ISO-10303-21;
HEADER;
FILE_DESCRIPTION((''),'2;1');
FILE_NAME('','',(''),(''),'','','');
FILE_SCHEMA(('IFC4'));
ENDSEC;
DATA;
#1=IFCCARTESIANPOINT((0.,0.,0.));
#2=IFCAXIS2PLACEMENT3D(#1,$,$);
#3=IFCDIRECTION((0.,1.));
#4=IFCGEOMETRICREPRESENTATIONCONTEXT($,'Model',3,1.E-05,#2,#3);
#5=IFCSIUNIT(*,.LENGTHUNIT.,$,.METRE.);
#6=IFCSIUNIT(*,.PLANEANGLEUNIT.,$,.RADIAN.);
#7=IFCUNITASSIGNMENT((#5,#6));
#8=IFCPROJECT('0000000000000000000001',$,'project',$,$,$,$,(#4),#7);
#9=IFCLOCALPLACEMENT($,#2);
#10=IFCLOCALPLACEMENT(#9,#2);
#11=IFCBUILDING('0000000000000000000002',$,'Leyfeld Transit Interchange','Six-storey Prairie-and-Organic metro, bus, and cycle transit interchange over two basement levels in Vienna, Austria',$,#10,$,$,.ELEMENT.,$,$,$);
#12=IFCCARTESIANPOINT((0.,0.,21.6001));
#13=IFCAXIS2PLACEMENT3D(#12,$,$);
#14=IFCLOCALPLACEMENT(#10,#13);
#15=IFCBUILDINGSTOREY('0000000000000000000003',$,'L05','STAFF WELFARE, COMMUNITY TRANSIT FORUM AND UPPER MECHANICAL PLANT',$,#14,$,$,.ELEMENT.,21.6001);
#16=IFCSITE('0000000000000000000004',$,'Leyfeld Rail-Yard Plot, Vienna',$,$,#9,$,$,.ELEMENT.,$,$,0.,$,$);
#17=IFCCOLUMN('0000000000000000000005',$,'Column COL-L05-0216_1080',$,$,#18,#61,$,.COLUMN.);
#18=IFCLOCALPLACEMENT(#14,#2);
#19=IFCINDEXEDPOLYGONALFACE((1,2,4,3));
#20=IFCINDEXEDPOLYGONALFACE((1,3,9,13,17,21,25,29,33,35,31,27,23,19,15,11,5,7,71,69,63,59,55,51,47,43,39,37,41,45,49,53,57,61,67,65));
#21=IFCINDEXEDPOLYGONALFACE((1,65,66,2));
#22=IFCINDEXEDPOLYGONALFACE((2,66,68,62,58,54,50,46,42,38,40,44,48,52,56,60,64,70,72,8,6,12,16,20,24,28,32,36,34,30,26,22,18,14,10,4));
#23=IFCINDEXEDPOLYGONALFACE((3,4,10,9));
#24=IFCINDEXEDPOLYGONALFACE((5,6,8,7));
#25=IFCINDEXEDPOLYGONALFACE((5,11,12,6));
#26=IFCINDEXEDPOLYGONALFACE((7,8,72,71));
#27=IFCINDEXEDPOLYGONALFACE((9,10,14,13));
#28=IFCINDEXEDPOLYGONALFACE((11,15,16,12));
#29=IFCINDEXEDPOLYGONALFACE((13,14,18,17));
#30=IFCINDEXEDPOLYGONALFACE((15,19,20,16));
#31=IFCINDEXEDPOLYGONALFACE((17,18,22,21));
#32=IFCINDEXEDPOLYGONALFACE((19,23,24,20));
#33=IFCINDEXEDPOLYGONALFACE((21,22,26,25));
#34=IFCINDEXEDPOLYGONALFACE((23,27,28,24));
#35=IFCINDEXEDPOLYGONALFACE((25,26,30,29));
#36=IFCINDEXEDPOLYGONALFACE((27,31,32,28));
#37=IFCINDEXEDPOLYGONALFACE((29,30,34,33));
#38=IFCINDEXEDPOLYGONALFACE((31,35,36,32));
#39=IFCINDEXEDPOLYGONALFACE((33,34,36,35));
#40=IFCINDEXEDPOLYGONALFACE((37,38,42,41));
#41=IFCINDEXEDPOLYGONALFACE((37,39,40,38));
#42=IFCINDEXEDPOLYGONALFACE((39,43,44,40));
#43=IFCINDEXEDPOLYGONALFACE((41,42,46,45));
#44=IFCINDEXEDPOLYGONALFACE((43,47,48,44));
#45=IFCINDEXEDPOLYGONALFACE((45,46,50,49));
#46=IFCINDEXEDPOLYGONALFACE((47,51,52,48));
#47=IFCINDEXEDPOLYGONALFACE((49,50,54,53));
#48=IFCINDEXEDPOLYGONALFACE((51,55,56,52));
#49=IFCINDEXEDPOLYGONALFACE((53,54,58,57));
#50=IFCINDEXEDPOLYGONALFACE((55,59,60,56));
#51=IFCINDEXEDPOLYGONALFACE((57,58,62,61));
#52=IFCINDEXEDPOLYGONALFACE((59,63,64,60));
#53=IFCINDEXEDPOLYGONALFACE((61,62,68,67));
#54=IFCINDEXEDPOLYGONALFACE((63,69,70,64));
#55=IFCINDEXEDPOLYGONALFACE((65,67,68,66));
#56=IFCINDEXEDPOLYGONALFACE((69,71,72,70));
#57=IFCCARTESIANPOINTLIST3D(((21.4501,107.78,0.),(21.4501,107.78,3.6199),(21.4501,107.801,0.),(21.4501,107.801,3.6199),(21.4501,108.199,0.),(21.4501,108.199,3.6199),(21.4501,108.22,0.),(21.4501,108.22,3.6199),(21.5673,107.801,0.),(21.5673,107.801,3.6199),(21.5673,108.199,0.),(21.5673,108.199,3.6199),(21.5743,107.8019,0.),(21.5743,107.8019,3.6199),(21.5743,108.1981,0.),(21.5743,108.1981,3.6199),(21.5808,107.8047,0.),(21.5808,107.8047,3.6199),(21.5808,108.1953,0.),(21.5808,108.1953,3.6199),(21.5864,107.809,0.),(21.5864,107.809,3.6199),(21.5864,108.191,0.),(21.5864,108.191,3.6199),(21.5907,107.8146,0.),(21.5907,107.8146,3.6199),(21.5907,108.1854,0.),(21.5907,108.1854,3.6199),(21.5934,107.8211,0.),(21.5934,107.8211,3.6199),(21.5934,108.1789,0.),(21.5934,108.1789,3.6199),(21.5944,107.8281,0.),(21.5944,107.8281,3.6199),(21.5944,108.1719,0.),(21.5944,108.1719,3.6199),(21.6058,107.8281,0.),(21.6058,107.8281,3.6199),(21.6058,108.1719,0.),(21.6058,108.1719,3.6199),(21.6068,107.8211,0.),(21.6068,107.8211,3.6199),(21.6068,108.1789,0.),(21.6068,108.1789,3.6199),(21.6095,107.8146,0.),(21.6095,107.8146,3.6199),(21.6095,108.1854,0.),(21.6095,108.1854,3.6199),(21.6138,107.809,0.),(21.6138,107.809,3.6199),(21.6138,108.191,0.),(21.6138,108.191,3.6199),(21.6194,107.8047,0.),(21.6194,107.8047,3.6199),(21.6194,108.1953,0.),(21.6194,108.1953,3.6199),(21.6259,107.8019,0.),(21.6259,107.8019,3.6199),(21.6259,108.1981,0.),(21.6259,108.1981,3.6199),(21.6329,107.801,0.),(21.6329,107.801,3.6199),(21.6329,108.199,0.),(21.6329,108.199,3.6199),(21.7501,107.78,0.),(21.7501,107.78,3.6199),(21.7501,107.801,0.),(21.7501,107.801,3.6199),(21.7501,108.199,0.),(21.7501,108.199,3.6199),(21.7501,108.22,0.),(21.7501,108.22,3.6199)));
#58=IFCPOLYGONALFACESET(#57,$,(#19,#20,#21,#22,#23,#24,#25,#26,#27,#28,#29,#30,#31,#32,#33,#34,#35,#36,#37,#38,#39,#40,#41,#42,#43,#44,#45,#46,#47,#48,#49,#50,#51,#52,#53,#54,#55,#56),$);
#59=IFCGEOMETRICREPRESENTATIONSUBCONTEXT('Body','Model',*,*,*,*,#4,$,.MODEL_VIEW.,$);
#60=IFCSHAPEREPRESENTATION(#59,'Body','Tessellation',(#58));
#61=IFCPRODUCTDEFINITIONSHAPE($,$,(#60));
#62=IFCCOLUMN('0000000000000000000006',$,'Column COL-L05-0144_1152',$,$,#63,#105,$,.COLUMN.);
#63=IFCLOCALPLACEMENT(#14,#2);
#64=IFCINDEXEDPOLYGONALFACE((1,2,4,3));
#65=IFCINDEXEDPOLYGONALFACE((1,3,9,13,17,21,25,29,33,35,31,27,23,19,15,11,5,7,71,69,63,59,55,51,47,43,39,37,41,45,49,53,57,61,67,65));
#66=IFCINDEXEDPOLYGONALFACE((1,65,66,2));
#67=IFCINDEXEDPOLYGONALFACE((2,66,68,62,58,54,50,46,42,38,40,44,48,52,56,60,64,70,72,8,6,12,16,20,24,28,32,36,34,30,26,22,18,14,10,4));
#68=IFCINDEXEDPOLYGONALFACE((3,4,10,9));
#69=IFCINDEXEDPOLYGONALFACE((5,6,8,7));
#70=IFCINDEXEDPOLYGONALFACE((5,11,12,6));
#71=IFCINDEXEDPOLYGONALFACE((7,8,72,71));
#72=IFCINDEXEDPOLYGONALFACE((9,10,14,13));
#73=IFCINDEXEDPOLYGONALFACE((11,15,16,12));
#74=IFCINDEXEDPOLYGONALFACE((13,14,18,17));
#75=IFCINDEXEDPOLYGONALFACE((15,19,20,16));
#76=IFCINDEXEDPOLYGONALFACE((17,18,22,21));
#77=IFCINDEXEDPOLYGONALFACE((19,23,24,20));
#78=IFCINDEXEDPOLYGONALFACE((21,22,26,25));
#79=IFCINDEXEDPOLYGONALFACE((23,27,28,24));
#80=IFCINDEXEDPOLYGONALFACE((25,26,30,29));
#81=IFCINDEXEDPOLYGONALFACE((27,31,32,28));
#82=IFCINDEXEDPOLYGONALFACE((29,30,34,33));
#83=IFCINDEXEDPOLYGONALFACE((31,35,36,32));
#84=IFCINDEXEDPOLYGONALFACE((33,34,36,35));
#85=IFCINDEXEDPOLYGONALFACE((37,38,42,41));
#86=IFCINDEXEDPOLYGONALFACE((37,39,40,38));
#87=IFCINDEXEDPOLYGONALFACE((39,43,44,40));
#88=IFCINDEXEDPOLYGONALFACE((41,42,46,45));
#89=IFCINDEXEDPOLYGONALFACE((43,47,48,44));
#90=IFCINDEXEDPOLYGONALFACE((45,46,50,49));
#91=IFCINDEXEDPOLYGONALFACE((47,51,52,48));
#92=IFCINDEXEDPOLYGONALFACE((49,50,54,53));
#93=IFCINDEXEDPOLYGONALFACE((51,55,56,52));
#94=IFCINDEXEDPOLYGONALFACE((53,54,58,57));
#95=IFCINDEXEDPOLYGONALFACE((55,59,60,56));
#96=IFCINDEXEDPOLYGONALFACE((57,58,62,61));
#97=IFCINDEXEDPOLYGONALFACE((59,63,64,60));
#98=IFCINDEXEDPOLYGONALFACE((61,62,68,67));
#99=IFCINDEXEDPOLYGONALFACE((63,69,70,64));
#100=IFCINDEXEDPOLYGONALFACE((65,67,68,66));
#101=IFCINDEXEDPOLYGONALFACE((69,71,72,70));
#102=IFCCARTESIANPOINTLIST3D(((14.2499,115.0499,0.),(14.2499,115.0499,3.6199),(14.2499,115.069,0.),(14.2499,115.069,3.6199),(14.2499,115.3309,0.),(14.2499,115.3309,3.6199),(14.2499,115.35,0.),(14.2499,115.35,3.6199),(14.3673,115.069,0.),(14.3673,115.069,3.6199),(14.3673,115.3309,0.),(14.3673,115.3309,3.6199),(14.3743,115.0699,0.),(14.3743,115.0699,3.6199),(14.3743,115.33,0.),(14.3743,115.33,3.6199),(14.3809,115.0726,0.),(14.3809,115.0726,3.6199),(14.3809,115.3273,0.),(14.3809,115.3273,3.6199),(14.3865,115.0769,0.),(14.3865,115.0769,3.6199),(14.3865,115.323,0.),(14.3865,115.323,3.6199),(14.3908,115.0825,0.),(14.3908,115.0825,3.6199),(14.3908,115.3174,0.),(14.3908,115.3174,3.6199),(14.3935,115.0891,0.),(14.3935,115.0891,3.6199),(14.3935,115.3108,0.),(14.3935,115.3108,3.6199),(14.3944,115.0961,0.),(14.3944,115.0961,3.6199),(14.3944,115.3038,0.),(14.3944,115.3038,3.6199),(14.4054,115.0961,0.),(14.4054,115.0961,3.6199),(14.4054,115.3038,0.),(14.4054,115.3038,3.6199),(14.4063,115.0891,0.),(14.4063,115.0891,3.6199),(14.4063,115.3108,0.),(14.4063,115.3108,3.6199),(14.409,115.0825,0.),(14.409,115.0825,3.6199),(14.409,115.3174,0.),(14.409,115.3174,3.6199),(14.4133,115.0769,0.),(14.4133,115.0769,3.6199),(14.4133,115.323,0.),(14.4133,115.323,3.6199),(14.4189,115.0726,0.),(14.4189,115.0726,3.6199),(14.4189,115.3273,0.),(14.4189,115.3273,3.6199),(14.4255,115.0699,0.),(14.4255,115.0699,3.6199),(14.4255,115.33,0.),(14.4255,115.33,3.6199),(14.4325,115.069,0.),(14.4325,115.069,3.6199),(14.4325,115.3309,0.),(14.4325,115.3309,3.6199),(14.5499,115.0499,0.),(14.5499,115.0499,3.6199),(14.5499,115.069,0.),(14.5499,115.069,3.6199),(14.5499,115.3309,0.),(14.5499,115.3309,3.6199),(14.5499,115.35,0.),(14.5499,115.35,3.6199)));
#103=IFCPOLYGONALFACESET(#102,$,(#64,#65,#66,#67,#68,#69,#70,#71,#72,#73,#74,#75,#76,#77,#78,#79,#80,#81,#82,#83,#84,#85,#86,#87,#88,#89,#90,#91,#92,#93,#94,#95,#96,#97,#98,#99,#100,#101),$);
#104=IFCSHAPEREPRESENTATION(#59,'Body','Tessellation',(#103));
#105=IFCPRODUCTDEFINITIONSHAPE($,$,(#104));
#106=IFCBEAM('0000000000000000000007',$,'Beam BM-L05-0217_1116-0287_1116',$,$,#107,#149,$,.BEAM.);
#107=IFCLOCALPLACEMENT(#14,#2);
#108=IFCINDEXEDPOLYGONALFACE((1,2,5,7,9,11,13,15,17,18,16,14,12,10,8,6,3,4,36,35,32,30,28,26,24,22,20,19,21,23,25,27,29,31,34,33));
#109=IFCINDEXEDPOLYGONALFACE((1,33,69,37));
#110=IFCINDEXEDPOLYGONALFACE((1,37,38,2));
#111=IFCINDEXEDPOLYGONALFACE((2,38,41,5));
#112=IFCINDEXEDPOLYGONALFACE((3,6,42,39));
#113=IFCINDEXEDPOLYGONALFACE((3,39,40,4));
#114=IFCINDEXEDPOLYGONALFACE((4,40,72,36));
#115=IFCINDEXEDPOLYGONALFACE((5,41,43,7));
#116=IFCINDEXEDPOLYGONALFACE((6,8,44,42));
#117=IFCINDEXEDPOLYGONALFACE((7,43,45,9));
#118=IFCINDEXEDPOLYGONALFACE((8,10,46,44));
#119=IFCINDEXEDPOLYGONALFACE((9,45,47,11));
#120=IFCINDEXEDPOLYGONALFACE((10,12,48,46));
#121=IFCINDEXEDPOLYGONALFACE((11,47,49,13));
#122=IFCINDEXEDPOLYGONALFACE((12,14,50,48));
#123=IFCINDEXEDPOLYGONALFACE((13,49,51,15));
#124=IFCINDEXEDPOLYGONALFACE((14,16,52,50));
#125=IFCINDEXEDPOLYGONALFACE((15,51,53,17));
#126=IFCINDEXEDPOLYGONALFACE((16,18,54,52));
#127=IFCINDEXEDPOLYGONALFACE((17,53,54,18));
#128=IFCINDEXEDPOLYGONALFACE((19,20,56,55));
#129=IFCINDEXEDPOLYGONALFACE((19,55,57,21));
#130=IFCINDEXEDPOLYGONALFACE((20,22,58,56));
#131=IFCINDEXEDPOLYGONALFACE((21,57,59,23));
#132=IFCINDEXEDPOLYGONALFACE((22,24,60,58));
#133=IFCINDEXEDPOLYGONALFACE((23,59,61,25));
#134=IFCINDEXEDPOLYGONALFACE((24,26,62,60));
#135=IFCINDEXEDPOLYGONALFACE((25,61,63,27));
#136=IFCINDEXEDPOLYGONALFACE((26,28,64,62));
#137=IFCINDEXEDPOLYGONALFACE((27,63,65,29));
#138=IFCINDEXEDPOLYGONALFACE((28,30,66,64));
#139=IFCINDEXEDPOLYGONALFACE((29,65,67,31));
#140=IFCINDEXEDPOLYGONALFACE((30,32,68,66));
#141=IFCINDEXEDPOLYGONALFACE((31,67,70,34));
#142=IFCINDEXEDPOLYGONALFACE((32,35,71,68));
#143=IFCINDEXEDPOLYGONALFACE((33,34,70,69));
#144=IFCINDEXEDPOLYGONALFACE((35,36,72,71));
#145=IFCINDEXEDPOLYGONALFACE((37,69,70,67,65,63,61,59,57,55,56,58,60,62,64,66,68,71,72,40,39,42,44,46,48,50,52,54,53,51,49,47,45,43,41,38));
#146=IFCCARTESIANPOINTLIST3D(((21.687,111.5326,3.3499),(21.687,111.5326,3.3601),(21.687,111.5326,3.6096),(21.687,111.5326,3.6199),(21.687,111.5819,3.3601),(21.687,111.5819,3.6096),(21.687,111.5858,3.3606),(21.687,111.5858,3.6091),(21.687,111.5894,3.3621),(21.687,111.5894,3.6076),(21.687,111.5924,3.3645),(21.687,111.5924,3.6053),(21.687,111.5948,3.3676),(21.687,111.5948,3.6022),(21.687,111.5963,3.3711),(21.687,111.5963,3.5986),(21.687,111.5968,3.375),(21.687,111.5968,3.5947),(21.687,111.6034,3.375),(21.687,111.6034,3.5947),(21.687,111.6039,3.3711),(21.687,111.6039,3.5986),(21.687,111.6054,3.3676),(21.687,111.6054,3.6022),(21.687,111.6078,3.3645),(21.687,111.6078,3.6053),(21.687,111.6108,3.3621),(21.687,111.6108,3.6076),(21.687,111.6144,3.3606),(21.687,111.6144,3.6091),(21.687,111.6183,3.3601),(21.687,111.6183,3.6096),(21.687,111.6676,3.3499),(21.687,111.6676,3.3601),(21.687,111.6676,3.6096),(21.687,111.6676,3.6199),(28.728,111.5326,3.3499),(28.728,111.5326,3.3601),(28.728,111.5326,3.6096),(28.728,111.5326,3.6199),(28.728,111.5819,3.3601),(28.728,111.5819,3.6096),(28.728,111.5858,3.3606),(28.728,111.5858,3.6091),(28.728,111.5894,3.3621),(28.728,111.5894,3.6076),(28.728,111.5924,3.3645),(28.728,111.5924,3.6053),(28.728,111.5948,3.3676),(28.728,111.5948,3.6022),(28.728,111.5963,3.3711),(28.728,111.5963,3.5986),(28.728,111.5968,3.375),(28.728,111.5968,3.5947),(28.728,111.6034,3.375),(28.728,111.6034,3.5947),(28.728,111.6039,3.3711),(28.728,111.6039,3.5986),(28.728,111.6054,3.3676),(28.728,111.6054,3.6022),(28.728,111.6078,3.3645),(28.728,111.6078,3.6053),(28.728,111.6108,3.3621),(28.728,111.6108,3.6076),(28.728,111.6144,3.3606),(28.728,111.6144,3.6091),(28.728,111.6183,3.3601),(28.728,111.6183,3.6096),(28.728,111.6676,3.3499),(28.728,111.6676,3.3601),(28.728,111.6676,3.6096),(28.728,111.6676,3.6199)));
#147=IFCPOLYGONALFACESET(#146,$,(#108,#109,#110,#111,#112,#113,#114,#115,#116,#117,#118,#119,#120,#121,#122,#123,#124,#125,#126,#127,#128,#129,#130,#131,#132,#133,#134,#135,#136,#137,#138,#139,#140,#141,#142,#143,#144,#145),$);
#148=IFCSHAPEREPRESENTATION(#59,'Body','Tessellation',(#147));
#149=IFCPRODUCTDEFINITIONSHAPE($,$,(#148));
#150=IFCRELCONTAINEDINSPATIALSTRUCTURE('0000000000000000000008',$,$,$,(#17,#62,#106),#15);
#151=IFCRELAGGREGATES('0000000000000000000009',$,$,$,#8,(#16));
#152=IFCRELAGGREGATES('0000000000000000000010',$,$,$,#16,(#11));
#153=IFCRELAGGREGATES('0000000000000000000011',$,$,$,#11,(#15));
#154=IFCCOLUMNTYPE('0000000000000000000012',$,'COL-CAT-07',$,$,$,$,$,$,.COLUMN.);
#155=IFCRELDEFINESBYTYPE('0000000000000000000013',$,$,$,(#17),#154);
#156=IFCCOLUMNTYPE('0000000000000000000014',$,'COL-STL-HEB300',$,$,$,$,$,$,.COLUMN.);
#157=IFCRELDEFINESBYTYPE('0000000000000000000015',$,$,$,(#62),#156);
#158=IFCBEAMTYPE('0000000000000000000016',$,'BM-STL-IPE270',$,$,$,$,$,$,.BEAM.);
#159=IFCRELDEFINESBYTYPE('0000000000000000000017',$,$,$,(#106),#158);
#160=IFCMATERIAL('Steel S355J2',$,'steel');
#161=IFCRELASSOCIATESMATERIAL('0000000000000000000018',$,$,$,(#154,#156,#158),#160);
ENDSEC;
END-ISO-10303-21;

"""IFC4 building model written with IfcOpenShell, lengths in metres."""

from ifc_helpers import new_model, si_unit, direction, frame, origin, origin_2d, place, context, subcontext, project, spatial, i_section, extrude, material, material_profile, profile_set, type_object, element, save


model = new_model("IFC4")

# Units and contexts
model_context = context("Model", 3, precision=1e-05, world=origin(), true_north=direction((0.0, 1.0)))
body_context = subcontext(model_context, "Body", "Model", "MODEL_VIEW")
ifc_project = project(units=[si_unit("LENGTHUNIT", "METRE"), si_unit("PLANEANGLEUNIT", "RADIAN")], contexts=[model_context])

# Site, building, storey
site_placement = place(None, origin())
site = spatial("IfcSite", under=ifc_project, at=site_placement, Name="Leyfeld Rail-Yard Plot, Vienna", CompositionType="ELEMENT", RefElevation=0.0)
building_placement = place(site_placement, origin())
building = spatial("IfcBuilding", under=site, at=building_placement, Name="Leyfeld Transit Interchange", Description="Six-storey Prairie-and-Organic metro, bus, and cycle transit interchange over two basement levels in Vienna, Austria", CompositionType="ELEMENT")
storey_placement = place(building_placement, frame((0.0, 0.0, 21.6001)))
storey = spatial("IfcBuildingStorey", under=building, at=storey_placement, Name="L05", Description="STAFF WELFARE, COMMUNITY TRANSIT FORUM AND UPPER MECHANICAL PLANT", CompositionType="ELEMENT", Elevation=21.6001)

# Columns
ifc_material_1 = material(Name="Steel S355J2", Category="steel")
ifc_material_profile_1 = material_profile(ifc_material_1, i_section(OverallWidth=0.3, OverallDepth=0.4399, WebThickness=0.0115, FlangeThickness=0.021, FilletRadius=0.0271, at=origin_2d()), Name="HEA 450")
ifc_profile_set_1 = profile_set([ifc_material_profile_1], Name="Steel S355J2")
column_type_1 = type_object("IfcColumnType", Name="COL-CAT-07", PredefinedType="COLUMN", material=ifc_profile_set_1)
column_1_placement = place(storey_placement, frame((21.6001, 108.0, 0.0), z_axis=(0.0, 0.0, 1.0), x_axis=(1.0, 0.0, 0.0)))
element("IfcColumn", 1, at=column_1_placement, inside=storey, type_object=column_type_1, Name="Column COL-L05-0216_1080", PredefinedType="COLUMN", context=body_context, shape_type="SweptSolid", body=[
    extrude(i_section(OverallWidth=0.3, OverallDepth=0.4399, WebThickness=0.0115, FlangeThickness=0.021, FilletRadius=0.0271, at=origin_2d()), origin(), (0.0, 0.0, 1.0), 3.6199),
])
ifc_material_profile_2 = material_profile(ifc_material_1, i_section(OverallWidth=0.3, OverallDepth=0.3, WebThickness=0.011, FlangeThickness=0.019, FilletRadius=0.0271, at=origin_2d()), Name="HEB 300")
ifc_profile_set_2 = profile_set([ifc_material_profile_2], Name="Steel S355J2")
column_type_2 = type_object("IfcColumnType", Name="COL-STL-HEB300", PredefinedType="COLUMN", material=ifc_profile_set_2)
column_2_placement = place(storey_placement, frame((14.3999, 115.2, 0.0), z_axis=(0.0, 0.0, 1.0), x_axis=(1.0, 0.0, 0.0)))
element("IfcColumn", 2, at=column_2_placement, inside=storey, type_object=column_type_2, Name="Column COL-L05-0144_1152", PredefinedType="COLUMN", context=body_context, shape_type="SweptSolid", body=[
    extrude(i_section(OverallWidth=0.3, OverallDepth=0.3, WebThickness=0.011, FlangeThickness=0.019, FilletRadius=0.0271, at=origin_2d()), origin(), (0.0, 0.0, 1.0), 3.6199),
])

# Beam
ifc_material_profile_3 = material_profile(ifc_material_1, i_section(OverallWidth=0.135, OverallDepth=0.27, WebThickness=0.0066, FlangeThickness=0.0103, FilletRadius=0.0149, at=origin_2d()), Name="IPE 270")
ifc_profile_set_3 = profile_set([ifc_material_profile_3], Name="Steel S355J2")
beam_type_1 = type_object("IfcBeamType", Name="BM-STL-IPE270", PredefinedType="BEAM", material=ifc_profile_set_3)
beam_1_placement = place(storey_placement, frame((21.687, 111.6001, 3.4849), z_axis=(1.0, 0.0, 0.0), x_axis=(0.0, 1.0, 0.0)))
element("IfcBeam", 3, at=beam_1_placement, inside=storey, type_object=beam_type_1, Name="Beam BM-L05-0217_1116-0287_1116", PredefinedType="BEAM", context=body_context, shape_type="SweptSolid", body=[
    extrude(i_section(OverallWidth=0.135, OverallDepth=0.27, WebThickness=0.0066, FlangeThickness=0.0103, FilletRadius=0.0149, at=origin_2d()), origin(), (0.0, 0.0, 1.0), 7.041),
])

save(model, "model.ifc")
